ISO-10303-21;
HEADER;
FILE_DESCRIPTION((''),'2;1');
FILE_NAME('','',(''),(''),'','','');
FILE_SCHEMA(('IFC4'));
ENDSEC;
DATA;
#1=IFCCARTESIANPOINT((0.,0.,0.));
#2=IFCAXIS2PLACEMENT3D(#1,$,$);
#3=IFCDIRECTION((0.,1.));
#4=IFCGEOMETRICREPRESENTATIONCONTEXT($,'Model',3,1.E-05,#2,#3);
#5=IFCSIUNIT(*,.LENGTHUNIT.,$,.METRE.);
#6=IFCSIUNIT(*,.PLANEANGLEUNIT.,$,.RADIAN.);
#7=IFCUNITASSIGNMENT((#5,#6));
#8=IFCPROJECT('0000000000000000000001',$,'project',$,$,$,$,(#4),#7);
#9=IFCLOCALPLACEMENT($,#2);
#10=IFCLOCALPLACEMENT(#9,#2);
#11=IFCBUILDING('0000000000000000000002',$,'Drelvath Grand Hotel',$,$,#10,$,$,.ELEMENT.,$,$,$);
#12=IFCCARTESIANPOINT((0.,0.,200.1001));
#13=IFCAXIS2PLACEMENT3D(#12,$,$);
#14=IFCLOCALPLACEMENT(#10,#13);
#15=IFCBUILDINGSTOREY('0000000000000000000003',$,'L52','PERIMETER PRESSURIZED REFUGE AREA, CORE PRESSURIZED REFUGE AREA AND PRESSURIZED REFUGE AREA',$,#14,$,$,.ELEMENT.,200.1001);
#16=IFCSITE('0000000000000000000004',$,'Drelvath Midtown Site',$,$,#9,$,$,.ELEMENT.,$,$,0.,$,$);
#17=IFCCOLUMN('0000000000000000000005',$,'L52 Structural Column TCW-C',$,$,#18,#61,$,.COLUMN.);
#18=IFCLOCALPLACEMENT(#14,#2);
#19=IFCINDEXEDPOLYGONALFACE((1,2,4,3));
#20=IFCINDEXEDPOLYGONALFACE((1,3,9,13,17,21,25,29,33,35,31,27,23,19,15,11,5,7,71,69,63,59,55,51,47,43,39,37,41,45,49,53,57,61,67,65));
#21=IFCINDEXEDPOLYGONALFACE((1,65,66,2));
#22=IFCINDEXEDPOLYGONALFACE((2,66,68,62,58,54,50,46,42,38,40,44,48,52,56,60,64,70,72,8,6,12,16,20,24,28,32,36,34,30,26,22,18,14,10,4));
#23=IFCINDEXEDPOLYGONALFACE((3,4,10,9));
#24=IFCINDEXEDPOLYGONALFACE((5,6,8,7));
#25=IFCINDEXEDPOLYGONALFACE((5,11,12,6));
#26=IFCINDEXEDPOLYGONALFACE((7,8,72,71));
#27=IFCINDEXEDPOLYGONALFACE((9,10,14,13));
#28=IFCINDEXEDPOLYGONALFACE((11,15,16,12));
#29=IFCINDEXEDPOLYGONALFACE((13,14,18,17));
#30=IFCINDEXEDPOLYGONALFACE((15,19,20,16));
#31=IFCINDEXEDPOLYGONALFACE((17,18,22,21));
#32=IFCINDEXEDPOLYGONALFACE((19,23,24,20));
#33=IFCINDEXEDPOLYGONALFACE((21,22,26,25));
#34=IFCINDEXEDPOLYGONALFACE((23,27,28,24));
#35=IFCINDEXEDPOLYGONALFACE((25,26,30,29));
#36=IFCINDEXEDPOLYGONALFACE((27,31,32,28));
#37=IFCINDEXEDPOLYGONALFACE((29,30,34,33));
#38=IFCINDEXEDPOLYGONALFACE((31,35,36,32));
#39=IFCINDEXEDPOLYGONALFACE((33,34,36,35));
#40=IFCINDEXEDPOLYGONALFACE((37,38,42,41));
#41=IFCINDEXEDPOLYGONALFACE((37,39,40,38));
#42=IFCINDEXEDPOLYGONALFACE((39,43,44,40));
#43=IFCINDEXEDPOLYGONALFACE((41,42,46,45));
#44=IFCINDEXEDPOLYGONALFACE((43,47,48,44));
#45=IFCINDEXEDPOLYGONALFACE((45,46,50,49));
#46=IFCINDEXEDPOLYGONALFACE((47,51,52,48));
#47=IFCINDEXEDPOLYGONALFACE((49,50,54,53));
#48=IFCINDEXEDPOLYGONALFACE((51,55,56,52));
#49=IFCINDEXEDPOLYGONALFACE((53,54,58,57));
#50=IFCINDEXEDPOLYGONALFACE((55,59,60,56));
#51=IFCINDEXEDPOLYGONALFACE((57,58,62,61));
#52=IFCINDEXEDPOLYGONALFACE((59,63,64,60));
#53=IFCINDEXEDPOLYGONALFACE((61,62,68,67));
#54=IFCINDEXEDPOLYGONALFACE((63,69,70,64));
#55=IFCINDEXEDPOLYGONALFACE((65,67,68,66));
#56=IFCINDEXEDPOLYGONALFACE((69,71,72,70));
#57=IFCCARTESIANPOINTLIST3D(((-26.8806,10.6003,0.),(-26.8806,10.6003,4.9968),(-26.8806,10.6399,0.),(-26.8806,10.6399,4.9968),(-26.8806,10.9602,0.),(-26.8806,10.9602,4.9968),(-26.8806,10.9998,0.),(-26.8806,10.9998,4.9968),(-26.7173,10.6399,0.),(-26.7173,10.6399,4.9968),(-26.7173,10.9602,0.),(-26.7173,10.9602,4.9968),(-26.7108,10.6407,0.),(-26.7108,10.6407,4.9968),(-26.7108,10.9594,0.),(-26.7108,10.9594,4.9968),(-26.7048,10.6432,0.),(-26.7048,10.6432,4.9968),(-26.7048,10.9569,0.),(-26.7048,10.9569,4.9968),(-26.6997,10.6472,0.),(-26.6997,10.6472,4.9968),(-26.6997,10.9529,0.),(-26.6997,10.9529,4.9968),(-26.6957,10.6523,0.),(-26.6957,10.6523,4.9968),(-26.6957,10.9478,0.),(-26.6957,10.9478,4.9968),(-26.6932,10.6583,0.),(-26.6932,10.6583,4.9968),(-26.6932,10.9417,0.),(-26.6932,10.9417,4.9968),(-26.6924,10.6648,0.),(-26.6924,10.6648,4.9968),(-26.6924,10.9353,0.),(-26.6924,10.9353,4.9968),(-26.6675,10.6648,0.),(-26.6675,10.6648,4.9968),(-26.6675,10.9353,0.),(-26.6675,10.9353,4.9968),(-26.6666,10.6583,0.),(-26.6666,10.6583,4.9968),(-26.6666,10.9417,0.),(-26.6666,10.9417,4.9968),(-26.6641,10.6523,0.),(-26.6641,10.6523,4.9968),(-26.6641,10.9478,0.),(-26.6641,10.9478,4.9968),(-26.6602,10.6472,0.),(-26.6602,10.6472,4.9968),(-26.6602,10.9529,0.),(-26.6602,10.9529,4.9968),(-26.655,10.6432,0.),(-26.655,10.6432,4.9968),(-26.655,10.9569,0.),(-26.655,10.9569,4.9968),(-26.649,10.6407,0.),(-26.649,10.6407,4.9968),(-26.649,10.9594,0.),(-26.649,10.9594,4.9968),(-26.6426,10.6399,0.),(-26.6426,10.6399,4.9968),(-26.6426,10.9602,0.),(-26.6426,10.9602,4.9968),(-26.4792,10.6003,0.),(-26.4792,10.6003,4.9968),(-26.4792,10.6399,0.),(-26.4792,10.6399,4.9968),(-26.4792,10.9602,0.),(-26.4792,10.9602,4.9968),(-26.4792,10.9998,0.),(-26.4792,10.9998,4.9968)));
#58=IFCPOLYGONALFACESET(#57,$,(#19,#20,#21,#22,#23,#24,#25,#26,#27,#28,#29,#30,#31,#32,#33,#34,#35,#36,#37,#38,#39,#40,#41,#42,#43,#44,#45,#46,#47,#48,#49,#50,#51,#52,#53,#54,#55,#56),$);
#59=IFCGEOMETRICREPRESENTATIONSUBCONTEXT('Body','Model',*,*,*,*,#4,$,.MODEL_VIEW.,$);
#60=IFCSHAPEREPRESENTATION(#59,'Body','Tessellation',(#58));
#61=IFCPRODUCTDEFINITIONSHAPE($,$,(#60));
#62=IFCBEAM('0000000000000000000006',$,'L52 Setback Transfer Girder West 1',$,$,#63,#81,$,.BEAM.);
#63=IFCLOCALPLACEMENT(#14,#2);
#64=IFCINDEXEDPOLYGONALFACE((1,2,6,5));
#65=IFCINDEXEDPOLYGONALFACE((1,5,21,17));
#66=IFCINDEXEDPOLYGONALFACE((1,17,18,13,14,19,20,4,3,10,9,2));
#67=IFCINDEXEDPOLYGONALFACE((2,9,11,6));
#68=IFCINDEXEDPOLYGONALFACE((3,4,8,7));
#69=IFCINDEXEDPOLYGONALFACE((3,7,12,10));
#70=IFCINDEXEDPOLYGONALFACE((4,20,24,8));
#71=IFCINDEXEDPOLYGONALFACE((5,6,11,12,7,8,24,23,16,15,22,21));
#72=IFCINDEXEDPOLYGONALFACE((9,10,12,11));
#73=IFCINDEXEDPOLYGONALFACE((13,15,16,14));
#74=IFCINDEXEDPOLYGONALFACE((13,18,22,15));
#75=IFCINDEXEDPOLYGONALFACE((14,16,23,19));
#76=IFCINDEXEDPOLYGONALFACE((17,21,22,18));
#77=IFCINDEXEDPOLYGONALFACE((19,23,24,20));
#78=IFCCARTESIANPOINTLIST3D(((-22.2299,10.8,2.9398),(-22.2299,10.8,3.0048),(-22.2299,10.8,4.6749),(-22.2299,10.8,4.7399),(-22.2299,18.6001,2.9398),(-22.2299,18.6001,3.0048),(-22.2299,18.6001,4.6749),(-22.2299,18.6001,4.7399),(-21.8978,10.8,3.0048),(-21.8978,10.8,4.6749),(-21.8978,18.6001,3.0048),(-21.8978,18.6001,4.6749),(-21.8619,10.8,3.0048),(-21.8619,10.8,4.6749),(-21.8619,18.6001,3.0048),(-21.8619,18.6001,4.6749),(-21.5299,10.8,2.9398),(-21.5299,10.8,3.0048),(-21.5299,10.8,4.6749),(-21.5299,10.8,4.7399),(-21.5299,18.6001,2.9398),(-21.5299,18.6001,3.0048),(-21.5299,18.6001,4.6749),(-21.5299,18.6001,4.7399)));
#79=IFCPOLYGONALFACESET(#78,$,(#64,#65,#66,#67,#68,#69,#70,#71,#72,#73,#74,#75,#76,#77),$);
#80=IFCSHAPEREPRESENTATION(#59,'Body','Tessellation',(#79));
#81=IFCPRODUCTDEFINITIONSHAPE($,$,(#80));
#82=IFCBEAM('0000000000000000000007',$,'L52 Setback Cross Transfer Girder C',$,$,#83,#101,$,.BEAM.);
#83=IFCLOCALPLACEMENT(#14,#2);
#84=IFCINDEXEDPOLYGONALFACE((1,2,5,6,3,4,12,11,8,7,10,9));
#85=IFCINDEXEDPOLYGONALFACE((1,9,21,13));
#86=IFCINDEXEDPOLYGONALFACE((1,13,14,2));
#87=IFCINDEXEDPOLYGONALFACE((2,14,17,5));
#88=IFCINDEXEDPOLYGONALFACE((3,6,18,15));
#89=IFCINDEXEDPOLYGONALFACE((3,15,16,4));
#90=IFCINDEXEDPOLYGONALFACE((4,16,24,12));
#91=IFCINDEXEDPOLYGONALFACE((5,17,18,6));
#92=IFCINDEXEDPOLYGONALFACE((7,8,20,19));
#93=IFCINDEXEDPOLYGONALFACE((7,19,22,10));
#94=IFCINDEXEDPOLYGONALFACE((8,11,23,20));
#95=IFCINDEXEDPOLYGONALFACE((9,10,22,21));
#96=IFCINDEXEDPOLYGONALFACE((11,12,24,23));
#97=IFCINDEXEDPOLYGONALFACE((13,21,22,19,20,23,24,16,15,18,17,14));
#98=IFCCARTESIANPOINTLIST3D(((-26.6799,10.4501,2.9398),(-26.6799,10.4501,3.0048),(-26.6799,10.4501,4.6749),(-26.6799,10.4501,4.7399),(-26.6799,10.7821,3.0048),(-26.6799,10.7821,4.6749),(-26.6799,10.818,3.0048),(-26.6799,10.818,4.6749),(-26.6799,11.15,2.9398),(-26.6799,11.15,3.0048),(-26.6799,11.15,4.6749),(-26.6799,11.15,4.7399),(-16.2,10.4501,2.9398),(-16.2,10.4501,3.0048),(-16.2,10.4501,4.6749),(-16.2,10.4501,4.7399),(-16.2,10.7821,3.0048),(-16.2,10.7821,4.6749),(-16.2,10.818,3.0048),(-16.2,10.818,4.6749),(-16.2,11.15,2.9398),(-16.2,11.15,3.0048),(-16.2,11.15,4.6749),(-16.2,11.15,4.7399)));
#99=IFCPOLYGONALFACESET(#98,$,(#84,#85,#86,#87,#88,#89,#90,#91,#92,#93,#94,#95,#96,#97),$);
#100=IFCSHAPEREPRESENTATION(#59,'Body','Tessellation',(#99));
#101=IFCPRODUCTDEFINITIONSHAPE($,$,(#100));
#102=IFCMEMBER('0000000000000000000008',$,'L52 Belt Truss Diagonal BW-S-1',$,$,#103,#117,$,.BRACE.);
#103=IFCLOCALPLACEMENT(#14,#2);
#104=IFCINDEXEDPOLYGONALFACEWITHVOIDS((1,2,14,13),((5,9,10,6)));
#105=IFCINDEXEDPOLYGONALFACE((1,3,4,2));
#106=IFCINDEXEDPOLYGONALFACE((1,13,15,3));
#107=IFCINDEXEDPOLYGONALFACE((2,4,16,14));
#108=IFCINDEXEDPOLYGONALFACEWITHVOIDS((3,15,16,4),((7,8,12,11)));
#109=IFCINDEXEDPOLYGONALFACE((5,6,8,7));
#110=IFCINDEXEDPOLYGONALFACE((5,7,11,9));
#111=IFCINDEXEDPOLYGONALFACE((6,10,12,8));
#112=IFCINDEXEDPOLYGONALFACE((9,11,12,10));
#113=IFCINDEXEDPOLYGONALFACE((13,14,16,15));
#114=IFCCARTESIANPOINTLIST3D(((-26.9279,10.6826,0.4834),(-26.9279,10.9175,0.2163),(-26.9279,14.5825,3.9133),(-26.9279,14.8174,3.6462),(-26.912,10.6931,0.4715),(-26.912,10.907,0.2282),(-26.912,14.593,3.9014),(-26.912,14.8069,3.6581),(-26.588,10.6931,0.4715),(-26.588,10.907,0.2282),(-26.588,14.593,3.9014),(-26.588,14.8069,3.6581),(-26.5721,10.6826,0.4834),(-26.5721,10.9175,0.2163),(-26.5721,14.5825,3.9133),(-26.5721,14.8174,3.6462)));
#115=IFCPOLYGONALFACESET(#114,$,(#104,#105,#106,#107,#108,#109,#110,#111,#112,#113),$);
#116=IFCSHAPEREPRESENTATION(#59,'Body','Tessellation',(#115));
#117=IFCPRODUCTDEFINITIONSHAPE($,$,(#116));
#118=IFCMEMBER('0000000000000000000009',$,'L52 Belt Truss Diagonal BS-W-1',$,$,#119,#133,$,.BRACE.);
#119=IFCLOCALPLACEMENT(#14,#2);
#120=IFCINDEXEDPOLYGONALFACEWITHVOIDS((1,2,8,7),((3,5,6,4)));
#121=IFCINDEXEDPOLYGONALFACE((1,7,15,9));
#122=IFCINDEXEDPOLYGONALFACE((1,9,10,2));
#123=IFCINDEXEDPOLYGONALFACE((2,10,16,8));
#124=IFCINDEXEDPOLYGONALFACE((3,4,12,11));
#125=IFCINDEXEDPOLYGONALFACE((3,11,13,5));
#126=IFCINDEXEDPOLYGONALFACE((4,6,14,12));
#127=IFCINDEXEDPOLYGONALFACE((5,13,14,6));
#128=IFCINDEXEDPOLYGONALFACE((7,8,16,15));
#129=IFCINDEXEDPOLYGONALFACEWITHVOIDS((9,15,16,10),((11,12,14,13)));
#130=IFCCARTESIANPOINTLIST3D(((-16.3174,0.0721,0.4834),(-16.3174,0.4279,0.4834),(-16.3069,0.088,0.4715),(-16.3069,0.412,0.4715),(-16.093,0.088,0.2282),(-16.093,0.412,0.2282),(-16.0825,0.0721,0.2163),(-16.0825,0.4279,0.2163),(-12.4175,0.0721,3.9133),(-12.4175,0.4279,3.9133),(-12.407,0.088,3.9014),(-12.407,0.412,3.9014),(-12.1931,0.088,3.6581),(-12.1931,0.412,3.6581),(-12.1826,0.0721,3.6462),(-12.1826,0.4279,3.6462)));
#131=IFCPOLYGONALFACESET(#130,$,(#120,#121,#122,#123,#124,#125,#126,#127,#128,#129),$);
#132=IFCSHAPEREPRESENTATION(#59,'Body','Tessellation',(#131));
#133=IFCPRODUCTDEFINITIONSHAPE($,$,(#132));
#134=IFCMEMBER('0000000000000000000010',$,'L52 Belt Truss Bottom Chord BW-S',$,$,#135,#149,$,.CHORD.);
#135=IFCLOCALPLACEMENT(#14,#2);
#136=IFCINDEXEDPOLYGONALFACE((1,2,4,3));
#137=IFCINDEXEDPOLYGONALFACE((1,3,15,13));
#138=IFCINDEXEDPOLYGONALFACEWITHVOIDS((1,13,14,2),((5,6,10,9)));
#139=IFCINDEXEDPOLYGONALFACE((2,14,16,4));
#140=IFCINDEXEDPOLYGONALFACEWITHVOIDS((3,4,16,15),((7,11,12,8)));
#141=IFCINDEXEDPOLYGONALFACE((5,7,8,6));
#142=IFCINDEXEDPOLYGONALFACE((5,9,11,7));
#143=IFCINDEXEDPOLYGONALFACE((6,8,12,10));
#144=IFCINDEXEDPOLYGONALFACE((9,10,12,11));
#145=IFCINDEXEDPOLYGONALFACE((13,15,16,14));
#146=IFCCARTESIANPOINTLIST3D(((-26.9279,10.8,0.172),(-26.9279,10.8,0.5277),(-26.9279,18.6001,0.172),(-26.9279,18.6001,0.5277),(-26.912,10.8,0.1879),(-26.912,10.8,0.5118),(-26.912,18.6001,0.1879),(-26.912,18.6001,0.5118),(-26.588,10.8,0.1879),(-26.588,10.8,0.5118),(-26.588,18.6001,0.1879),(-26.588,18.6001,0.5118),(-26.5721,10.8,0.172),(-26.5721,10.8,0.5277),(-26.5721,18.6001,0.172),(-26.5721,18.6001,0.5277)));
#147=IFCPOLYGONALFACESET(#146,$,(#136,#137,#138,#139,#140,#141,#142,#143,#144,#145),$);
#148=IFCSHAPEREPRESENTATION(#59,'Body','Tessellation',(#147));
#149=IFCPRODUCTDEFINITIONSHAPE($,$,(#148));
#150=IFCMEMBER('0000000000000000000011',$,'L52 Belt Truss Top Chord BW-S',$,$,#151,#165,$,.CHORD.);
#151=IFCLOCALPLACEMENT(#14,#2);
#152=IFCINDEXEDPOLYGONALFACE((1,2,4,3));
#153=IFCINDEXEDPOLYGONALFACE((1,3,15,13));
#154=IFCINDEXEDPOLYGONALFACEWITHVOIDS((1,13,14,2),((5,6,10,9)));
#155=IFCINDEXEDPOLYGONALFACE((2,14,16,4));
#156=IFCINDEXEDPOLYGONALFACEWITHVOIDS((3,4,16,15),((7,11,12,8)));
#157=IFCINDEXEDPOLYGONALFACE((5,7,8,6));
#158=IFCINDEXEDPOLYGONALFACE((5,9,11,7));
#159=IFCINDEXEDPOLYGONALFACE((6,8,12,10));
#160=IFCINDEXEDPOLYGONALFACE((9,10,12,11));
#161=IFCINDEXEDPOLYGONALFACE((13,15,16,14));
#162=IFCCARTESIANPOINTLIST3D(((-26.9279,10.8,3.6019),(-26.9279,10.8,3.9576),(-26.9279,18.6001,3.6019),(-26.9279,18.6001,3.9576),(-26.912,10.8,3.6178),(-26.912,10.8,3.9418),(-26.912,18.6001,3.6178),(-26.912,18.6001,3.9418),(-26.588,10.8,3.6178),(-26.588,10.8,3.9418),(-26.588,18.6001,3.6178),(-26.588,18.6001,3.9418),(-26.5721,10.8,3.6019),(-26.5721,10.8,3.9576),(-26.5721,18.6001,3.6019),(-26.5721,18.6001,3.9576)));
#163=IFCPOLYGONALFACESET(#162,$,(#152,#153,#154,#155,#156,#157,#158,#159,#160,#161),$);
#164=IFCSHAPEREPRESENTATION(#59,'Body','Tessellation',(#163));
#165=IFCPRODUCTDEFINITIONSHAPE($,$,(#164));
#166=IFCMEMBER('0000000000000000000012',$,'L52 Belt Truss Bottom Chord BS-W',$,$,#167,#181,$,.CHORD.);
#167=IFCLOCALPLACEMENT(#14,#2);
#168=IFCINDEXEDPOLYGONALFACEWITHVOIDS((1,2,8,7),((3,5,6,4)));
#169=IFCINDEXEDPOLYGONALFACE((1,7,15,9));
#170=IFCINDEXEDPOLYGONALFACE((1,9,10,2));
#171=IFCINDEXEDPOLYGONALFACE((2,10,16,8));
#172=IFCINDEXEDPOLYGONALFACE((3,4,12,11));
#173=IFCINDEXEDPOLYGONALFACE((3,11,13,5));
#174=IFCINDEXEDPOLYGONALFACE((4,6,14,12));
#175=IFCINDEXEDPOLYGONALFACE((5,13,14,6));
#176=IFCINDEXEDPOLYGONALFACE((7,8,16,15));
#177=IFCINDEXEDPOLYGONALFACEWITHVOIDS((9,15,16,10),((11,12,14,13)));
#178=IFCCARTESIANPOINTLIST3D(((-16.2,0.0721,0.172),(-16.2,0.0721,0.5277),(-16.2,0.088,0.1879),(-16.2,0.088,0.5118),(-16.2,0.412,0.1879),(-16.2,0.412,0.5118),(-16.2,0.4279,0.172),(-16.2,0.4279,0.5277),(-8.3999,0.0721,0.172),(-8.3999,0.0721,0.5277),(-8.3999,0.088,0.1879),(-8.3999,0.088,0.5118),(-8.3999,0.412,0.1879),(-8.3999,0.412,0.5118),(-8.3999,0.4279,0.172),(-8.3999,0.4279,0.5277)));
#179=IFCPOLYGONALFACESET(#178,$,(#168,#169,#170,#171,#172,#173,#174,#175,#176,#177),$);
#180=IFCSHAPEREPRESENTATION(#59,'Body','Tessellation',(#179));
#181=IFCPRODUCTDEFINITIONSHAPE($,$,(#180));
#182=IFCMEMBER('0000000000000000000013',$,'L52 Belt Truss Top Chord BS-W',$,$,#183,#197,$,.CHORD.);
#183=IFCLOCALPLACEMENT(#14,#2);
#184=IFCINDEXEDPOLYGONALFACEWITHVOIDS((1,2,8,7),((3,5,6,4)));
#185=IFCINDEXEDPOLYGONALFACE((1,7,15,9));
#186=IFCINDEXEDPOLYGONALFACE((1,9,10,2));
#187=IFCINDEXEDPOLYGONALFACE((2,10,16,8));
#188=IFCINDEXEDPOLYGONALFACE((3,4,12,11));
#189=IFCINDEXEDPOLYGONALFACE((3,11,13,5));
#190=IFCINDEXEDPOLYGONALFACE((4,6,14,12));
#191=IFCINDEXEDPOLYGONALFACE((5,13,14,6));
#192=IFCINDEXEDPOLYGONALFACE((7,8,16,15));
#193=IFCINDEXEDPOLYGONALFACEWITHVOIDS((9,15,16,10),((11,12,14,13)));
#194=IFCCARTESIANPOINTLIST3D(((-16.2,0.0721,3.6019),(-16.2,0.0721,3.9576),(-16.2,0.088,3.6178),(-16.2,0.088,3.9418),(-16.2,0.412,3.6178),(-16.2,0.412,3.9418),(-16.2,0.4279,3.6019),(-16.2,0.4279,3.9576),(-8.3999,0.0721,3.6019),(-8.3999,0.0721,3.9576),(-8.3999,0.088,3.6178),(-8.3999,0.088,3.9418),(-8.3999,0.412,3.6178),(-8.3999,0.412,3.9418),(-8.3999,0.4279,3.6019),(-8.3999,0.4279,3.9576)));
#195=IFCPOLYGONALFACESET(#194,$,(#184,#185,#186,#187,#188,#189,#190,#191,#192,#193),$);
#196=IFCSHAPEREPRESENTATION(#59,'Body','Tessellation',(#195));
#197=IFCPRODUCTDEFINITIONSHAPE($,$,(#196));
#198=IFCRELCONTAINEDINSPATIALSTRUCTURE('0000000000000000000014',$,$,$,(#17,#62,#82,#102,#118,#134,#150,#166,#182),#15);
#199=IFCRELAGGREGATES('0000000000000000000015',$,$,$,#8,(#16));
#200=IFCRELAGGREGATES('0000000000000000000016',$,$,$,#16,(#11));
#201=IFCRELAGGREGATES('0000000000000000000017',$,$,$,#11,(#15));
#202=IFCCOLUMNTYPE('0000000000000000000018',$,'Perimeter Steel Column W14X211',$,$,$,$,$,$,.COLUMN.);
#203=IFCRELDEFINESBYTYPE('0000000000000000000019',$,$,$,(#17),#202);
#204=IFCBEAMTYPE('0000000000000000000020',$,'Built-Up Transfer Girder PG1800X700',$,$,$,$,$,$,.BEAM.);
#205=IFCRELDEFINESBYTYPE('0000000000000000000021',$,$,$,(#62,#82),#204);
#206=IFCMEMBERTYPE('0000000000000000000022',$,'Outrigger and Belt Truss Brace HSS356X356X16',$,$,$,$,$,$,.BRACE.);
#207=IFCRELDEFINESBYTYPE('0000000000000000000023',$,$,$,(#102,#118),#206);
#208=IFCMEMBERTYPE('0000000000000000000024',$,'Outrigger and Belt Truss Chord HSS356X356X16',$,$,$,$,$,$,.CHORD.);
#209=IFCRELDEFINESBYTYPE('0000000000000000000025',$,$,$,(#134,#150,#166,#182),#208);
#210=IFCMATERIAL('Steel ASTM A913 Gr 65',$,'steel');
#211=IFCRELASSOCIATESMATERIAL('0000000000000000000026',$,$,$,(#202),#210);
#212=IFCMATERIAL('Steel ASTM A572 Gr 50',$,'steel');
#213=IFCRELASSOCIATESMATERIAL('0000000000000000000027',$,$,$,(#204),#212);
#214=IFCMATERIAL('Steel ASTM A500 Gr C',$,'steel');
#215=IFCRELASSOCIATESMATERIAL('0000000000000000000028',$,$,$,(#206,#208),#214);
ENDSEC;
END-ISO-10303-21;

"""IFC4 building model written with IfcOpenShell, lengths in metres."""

from ifc_helpers import new_model, si_unit, direction, frame, origin, origin_2d, place, context, subcontext, project, spatial, hollow_rectangle, i_section, extrude, material, material_profile, profile_set, type_object, element, save


model = new_model("IFC4")

# Units and contexts
model_context = context("Model", 3, precision=1e-05, world=origin(), true_north=direction((0.0, 1.0)))
body_context = subcontext(model_context, "Body", "Model", "MODEL_VIEW")
ifc_project = project(units=[si_unit("LENGTHUNIT", "METRE"), si_unit("PLANEANGLEUNIT", "RADIAN")], contexts=[model_context])

# Site, building, storey
site_placement = place(None, origin())
site = spatial("IfcSite", under=ifc_project, at=site_placement, Name="Drelvath Midtown Site", CompositionType="ELEMENT", RefElevation=0.0)
building_placement = place(site_placement, origin())
building = spatial("IfcBuilding", under=site, at=building_placement, Name="Drelvath Grand Hotel", CompositionType="ELEMENT")
storey_placement = place(building_placement, frame((0.0, 0.0, 200.1001)))
storey = spatial("IfcBuildingStorey", under=building, at=storey_placement, Name="L52", Description="PERIMETER PRESSURIZED REFUGE AREA, CORE PRESSURIZED REFUGE AREA AND PRESSURIZED REFUGE AREA", CompositionType="ELEMENT", Elevation=200.1001)

# Column
ifc_material_1 = material(Name="Steel ASTM A913 Gr 65", Category="steel")
ifc_material_profile_1 = material_profile(ifc_material_1, i_section(OverallWidth=0.4014, OverallDepth=0.3994, WebThickness=0.0249, FlangeThickness=0.0396, FilletRadius=0.0249, at=origin_2d()), Name="W14X211")
ifc_profile_set_1 = profile_set([ifc_material_profile_1], Name="Steel ASTM A913 Gr 65")
column_type = type_object("IfcColumnType", Name="Perimeter Steel Column W14X211", PredefinedType="COLUMN", material=ifc_profile_set_1)
column_placement = place(storey_placement, frame((-26.6799, 10.8, 0.0), z_axis=(0.0, 0.0, 1.0), x_axis=(1.0, 0.0, 0.0)))
element("IfcColumn", 1, at=column_placement, inside=storey, type_object=column_type, Name="L52 Structural Column TCW-C", PredefinedType="COLUMN", context=body_context, shape_type="SweptSolid", body=[
    extrude(i_section(OverallWidth=0.4014, OverallDepth=0.3994, WebThickness=0.0249, FlangeThickness=0.0396, FilletRadius=0.0249, at=origin_2d()), origin(), (0.0, 0.0, 1.0), 4.9968),
])

# Beams
ifc_material_2 = material(Name="Steel ASTM A572 Gr 50", Category="steel")
ifc_material_profile_2 = material_profile(ifc_material_2, i_section(OverallWidth=0.7, OverallDepth=1.8, WebThickness=0.0359, FlangeThickness=0.0649, at=origin_2d()), Name="PG1800X700")
ifc_profile_set_2 = profile_set([ifc_material_profile_2], Name="Steel ASTM A572 Gr 50")
beam_type = type_object("IfcBeamType", Name="Built-Up Transfer Girder PG1800X700", PredefinedType="BEAM", material=ifc_profile_set_2)
beam_1_placement = place(storey_placement, frame((-21.8799, 10.8, 3.8398), z_axis=(0.0, 1.0, 0.0), x_axis=(-1.0, 0.0, 0.0)))
element("IfcBeam", 2, at=beam_1_placement, inside=storey, type_object=beam_type, Name="L52 Setback Transfer Girder West 1", PredefinedType="BEAM", context=body_context, shape_type="SweptSolid", body=[
    extrude(i_section(OverallWidth=0.7, OverallDepth=1.8, WebThickness=0.0359, FlangeThickness=0.0649, at=origin_2d()), origin(), (0.0, 0.0, 1.0), 7.8),
])
beam_2_placement = place(storey_placement, frame((-26.6799, 10.8, 3.8398), z_axis=(1.0, 0.0, 0.0), x_axis=(0.0, 1.0, 0.0)))
element("IfcBeam", 3, at=beam_2_placement, inside=storey, type_object=beam_type, Name="L52 Setback Cross Transfer Girder C", PredefinedType="BEAM", context=body_context, shape_type="SweptSolid", body=[
    extrude(i_section(OverallWidth=0.7, OverallDepth=1.8, WebThickness=0.0359, FlangeThickness=0.0649, at=origin_2d()), origin(), (0.0, 0.0, 1.0), 10.48),
])

# Members
ifc_material_3 = material(Name="Steel ASTM A500 Gr C", Category="steel")
ifc_material_profile_3 = material_profile(ifc_material_3, hollow_rectangle(XDim=0.3557, YDim=0.3557, WallThickness=0.0159, at=origin_2d()), Name="HSS356X356X16")
ifc_profile_set_3 = profile_set([ifc_material_profile_3], Name="Steel ASTM A500 Gr C")
member_type_1 = type_object("IfcMemberType", Name="Outrigger and Belt Truss Brace HSS356X356X16", PredefinedType="BRACE", material=ifc_profile_set_3)
for number, where, z_axis, x_axis, name in (
    (4, (-26.75, 10.8, 0.3499), (0.0, 0.750903, 0.660413), (-1.0, 0.0, 0.0), "L52 Belt Truss Diagonal BW-S-1"),
    (5, (-16.2, 0.25, 0.3499), (0.750903, 0.0, 0.660413), (0.0, 1.0, 0.0), "L52 Belt Truss Diagonal BS-W-1"),
):
    element("IfcMember", number, at=place(storey_placement, frame(where, z_axis=z_axis, x_axis=x_axis)), inside=storey, type_object=member_type_1, Name=name, PredefinedType="BRACE", context=body_context, shape_type="SweptSolid", body=[
        extrude(hollow_rectangle(XDim=0.3557, YDim=0.3557, WallThickness=0.0159, at=origin_2d()), origin(), (0.0, 0.0, 1.0), 5.1936),
    ])
ifc_material_profile_4 = material_profile(ifc_material_3, hollow_rectangle(XDim=0.3557, YDim=0.3557, WallThickness=0.0159, at=origin_2d()), Name="HSS356X356X16")
ifc_profile_set_4 = profile_set([ifc_material_profile_4], Name="Steel ASTM A500 Gr C")
member_type_2 = type_object("IfcMemberType", Name="Outrigger and Belt Truss Chord HSS356X356X16", PredefinedType="CHORD", material=ifc_profile_set_4)
for number, where, z_axis, x_axis, name in (
    (6, (-26.75, 10.8, 0.3499), (0.0, 1.0, 0.0), (-1.0, 0.0, 0.0), "L52 Belt Truss Bottom Chord BW-S"),
    (7, (-26.75, 10.8, 3.7798), (0.0, 1.0, 0.0), (-1.0, 0.0, 0.0), "L52 Belt Truss Top Chord BW-S"),
    (8, (-16.2, 0.25, 0.3499), (1.0, 0.0, 0.0), (0.0, 1.0, 0.0), "L52 Belt Truss Bottom Chord BS-W"),
    (9, (-16.2, 0.25, 3.7798), (1.0, 0.0, 0.0), (0.0, 1.0, 0.0), "L52 Belt Truss Top Chord BS-W"),
):
    element("IfcMember", number, at=place(storey_placement, frame(where, z_axis=z_axis, x_axis=x_axis)), inside=storey, type_object=member_type_2, Name=name, PredefinedType="CHORD", context=body_context, shape_type="SweptSolid", body=[
        extrude(hollow_rectangle(XDim=0.3557, YDim=0.3557, WallThickness=0.0159, at=origin_2d()), origin(), (0.0, 0.0, 1.0), 7.8),
    ])

save(model, "model.ifc")
